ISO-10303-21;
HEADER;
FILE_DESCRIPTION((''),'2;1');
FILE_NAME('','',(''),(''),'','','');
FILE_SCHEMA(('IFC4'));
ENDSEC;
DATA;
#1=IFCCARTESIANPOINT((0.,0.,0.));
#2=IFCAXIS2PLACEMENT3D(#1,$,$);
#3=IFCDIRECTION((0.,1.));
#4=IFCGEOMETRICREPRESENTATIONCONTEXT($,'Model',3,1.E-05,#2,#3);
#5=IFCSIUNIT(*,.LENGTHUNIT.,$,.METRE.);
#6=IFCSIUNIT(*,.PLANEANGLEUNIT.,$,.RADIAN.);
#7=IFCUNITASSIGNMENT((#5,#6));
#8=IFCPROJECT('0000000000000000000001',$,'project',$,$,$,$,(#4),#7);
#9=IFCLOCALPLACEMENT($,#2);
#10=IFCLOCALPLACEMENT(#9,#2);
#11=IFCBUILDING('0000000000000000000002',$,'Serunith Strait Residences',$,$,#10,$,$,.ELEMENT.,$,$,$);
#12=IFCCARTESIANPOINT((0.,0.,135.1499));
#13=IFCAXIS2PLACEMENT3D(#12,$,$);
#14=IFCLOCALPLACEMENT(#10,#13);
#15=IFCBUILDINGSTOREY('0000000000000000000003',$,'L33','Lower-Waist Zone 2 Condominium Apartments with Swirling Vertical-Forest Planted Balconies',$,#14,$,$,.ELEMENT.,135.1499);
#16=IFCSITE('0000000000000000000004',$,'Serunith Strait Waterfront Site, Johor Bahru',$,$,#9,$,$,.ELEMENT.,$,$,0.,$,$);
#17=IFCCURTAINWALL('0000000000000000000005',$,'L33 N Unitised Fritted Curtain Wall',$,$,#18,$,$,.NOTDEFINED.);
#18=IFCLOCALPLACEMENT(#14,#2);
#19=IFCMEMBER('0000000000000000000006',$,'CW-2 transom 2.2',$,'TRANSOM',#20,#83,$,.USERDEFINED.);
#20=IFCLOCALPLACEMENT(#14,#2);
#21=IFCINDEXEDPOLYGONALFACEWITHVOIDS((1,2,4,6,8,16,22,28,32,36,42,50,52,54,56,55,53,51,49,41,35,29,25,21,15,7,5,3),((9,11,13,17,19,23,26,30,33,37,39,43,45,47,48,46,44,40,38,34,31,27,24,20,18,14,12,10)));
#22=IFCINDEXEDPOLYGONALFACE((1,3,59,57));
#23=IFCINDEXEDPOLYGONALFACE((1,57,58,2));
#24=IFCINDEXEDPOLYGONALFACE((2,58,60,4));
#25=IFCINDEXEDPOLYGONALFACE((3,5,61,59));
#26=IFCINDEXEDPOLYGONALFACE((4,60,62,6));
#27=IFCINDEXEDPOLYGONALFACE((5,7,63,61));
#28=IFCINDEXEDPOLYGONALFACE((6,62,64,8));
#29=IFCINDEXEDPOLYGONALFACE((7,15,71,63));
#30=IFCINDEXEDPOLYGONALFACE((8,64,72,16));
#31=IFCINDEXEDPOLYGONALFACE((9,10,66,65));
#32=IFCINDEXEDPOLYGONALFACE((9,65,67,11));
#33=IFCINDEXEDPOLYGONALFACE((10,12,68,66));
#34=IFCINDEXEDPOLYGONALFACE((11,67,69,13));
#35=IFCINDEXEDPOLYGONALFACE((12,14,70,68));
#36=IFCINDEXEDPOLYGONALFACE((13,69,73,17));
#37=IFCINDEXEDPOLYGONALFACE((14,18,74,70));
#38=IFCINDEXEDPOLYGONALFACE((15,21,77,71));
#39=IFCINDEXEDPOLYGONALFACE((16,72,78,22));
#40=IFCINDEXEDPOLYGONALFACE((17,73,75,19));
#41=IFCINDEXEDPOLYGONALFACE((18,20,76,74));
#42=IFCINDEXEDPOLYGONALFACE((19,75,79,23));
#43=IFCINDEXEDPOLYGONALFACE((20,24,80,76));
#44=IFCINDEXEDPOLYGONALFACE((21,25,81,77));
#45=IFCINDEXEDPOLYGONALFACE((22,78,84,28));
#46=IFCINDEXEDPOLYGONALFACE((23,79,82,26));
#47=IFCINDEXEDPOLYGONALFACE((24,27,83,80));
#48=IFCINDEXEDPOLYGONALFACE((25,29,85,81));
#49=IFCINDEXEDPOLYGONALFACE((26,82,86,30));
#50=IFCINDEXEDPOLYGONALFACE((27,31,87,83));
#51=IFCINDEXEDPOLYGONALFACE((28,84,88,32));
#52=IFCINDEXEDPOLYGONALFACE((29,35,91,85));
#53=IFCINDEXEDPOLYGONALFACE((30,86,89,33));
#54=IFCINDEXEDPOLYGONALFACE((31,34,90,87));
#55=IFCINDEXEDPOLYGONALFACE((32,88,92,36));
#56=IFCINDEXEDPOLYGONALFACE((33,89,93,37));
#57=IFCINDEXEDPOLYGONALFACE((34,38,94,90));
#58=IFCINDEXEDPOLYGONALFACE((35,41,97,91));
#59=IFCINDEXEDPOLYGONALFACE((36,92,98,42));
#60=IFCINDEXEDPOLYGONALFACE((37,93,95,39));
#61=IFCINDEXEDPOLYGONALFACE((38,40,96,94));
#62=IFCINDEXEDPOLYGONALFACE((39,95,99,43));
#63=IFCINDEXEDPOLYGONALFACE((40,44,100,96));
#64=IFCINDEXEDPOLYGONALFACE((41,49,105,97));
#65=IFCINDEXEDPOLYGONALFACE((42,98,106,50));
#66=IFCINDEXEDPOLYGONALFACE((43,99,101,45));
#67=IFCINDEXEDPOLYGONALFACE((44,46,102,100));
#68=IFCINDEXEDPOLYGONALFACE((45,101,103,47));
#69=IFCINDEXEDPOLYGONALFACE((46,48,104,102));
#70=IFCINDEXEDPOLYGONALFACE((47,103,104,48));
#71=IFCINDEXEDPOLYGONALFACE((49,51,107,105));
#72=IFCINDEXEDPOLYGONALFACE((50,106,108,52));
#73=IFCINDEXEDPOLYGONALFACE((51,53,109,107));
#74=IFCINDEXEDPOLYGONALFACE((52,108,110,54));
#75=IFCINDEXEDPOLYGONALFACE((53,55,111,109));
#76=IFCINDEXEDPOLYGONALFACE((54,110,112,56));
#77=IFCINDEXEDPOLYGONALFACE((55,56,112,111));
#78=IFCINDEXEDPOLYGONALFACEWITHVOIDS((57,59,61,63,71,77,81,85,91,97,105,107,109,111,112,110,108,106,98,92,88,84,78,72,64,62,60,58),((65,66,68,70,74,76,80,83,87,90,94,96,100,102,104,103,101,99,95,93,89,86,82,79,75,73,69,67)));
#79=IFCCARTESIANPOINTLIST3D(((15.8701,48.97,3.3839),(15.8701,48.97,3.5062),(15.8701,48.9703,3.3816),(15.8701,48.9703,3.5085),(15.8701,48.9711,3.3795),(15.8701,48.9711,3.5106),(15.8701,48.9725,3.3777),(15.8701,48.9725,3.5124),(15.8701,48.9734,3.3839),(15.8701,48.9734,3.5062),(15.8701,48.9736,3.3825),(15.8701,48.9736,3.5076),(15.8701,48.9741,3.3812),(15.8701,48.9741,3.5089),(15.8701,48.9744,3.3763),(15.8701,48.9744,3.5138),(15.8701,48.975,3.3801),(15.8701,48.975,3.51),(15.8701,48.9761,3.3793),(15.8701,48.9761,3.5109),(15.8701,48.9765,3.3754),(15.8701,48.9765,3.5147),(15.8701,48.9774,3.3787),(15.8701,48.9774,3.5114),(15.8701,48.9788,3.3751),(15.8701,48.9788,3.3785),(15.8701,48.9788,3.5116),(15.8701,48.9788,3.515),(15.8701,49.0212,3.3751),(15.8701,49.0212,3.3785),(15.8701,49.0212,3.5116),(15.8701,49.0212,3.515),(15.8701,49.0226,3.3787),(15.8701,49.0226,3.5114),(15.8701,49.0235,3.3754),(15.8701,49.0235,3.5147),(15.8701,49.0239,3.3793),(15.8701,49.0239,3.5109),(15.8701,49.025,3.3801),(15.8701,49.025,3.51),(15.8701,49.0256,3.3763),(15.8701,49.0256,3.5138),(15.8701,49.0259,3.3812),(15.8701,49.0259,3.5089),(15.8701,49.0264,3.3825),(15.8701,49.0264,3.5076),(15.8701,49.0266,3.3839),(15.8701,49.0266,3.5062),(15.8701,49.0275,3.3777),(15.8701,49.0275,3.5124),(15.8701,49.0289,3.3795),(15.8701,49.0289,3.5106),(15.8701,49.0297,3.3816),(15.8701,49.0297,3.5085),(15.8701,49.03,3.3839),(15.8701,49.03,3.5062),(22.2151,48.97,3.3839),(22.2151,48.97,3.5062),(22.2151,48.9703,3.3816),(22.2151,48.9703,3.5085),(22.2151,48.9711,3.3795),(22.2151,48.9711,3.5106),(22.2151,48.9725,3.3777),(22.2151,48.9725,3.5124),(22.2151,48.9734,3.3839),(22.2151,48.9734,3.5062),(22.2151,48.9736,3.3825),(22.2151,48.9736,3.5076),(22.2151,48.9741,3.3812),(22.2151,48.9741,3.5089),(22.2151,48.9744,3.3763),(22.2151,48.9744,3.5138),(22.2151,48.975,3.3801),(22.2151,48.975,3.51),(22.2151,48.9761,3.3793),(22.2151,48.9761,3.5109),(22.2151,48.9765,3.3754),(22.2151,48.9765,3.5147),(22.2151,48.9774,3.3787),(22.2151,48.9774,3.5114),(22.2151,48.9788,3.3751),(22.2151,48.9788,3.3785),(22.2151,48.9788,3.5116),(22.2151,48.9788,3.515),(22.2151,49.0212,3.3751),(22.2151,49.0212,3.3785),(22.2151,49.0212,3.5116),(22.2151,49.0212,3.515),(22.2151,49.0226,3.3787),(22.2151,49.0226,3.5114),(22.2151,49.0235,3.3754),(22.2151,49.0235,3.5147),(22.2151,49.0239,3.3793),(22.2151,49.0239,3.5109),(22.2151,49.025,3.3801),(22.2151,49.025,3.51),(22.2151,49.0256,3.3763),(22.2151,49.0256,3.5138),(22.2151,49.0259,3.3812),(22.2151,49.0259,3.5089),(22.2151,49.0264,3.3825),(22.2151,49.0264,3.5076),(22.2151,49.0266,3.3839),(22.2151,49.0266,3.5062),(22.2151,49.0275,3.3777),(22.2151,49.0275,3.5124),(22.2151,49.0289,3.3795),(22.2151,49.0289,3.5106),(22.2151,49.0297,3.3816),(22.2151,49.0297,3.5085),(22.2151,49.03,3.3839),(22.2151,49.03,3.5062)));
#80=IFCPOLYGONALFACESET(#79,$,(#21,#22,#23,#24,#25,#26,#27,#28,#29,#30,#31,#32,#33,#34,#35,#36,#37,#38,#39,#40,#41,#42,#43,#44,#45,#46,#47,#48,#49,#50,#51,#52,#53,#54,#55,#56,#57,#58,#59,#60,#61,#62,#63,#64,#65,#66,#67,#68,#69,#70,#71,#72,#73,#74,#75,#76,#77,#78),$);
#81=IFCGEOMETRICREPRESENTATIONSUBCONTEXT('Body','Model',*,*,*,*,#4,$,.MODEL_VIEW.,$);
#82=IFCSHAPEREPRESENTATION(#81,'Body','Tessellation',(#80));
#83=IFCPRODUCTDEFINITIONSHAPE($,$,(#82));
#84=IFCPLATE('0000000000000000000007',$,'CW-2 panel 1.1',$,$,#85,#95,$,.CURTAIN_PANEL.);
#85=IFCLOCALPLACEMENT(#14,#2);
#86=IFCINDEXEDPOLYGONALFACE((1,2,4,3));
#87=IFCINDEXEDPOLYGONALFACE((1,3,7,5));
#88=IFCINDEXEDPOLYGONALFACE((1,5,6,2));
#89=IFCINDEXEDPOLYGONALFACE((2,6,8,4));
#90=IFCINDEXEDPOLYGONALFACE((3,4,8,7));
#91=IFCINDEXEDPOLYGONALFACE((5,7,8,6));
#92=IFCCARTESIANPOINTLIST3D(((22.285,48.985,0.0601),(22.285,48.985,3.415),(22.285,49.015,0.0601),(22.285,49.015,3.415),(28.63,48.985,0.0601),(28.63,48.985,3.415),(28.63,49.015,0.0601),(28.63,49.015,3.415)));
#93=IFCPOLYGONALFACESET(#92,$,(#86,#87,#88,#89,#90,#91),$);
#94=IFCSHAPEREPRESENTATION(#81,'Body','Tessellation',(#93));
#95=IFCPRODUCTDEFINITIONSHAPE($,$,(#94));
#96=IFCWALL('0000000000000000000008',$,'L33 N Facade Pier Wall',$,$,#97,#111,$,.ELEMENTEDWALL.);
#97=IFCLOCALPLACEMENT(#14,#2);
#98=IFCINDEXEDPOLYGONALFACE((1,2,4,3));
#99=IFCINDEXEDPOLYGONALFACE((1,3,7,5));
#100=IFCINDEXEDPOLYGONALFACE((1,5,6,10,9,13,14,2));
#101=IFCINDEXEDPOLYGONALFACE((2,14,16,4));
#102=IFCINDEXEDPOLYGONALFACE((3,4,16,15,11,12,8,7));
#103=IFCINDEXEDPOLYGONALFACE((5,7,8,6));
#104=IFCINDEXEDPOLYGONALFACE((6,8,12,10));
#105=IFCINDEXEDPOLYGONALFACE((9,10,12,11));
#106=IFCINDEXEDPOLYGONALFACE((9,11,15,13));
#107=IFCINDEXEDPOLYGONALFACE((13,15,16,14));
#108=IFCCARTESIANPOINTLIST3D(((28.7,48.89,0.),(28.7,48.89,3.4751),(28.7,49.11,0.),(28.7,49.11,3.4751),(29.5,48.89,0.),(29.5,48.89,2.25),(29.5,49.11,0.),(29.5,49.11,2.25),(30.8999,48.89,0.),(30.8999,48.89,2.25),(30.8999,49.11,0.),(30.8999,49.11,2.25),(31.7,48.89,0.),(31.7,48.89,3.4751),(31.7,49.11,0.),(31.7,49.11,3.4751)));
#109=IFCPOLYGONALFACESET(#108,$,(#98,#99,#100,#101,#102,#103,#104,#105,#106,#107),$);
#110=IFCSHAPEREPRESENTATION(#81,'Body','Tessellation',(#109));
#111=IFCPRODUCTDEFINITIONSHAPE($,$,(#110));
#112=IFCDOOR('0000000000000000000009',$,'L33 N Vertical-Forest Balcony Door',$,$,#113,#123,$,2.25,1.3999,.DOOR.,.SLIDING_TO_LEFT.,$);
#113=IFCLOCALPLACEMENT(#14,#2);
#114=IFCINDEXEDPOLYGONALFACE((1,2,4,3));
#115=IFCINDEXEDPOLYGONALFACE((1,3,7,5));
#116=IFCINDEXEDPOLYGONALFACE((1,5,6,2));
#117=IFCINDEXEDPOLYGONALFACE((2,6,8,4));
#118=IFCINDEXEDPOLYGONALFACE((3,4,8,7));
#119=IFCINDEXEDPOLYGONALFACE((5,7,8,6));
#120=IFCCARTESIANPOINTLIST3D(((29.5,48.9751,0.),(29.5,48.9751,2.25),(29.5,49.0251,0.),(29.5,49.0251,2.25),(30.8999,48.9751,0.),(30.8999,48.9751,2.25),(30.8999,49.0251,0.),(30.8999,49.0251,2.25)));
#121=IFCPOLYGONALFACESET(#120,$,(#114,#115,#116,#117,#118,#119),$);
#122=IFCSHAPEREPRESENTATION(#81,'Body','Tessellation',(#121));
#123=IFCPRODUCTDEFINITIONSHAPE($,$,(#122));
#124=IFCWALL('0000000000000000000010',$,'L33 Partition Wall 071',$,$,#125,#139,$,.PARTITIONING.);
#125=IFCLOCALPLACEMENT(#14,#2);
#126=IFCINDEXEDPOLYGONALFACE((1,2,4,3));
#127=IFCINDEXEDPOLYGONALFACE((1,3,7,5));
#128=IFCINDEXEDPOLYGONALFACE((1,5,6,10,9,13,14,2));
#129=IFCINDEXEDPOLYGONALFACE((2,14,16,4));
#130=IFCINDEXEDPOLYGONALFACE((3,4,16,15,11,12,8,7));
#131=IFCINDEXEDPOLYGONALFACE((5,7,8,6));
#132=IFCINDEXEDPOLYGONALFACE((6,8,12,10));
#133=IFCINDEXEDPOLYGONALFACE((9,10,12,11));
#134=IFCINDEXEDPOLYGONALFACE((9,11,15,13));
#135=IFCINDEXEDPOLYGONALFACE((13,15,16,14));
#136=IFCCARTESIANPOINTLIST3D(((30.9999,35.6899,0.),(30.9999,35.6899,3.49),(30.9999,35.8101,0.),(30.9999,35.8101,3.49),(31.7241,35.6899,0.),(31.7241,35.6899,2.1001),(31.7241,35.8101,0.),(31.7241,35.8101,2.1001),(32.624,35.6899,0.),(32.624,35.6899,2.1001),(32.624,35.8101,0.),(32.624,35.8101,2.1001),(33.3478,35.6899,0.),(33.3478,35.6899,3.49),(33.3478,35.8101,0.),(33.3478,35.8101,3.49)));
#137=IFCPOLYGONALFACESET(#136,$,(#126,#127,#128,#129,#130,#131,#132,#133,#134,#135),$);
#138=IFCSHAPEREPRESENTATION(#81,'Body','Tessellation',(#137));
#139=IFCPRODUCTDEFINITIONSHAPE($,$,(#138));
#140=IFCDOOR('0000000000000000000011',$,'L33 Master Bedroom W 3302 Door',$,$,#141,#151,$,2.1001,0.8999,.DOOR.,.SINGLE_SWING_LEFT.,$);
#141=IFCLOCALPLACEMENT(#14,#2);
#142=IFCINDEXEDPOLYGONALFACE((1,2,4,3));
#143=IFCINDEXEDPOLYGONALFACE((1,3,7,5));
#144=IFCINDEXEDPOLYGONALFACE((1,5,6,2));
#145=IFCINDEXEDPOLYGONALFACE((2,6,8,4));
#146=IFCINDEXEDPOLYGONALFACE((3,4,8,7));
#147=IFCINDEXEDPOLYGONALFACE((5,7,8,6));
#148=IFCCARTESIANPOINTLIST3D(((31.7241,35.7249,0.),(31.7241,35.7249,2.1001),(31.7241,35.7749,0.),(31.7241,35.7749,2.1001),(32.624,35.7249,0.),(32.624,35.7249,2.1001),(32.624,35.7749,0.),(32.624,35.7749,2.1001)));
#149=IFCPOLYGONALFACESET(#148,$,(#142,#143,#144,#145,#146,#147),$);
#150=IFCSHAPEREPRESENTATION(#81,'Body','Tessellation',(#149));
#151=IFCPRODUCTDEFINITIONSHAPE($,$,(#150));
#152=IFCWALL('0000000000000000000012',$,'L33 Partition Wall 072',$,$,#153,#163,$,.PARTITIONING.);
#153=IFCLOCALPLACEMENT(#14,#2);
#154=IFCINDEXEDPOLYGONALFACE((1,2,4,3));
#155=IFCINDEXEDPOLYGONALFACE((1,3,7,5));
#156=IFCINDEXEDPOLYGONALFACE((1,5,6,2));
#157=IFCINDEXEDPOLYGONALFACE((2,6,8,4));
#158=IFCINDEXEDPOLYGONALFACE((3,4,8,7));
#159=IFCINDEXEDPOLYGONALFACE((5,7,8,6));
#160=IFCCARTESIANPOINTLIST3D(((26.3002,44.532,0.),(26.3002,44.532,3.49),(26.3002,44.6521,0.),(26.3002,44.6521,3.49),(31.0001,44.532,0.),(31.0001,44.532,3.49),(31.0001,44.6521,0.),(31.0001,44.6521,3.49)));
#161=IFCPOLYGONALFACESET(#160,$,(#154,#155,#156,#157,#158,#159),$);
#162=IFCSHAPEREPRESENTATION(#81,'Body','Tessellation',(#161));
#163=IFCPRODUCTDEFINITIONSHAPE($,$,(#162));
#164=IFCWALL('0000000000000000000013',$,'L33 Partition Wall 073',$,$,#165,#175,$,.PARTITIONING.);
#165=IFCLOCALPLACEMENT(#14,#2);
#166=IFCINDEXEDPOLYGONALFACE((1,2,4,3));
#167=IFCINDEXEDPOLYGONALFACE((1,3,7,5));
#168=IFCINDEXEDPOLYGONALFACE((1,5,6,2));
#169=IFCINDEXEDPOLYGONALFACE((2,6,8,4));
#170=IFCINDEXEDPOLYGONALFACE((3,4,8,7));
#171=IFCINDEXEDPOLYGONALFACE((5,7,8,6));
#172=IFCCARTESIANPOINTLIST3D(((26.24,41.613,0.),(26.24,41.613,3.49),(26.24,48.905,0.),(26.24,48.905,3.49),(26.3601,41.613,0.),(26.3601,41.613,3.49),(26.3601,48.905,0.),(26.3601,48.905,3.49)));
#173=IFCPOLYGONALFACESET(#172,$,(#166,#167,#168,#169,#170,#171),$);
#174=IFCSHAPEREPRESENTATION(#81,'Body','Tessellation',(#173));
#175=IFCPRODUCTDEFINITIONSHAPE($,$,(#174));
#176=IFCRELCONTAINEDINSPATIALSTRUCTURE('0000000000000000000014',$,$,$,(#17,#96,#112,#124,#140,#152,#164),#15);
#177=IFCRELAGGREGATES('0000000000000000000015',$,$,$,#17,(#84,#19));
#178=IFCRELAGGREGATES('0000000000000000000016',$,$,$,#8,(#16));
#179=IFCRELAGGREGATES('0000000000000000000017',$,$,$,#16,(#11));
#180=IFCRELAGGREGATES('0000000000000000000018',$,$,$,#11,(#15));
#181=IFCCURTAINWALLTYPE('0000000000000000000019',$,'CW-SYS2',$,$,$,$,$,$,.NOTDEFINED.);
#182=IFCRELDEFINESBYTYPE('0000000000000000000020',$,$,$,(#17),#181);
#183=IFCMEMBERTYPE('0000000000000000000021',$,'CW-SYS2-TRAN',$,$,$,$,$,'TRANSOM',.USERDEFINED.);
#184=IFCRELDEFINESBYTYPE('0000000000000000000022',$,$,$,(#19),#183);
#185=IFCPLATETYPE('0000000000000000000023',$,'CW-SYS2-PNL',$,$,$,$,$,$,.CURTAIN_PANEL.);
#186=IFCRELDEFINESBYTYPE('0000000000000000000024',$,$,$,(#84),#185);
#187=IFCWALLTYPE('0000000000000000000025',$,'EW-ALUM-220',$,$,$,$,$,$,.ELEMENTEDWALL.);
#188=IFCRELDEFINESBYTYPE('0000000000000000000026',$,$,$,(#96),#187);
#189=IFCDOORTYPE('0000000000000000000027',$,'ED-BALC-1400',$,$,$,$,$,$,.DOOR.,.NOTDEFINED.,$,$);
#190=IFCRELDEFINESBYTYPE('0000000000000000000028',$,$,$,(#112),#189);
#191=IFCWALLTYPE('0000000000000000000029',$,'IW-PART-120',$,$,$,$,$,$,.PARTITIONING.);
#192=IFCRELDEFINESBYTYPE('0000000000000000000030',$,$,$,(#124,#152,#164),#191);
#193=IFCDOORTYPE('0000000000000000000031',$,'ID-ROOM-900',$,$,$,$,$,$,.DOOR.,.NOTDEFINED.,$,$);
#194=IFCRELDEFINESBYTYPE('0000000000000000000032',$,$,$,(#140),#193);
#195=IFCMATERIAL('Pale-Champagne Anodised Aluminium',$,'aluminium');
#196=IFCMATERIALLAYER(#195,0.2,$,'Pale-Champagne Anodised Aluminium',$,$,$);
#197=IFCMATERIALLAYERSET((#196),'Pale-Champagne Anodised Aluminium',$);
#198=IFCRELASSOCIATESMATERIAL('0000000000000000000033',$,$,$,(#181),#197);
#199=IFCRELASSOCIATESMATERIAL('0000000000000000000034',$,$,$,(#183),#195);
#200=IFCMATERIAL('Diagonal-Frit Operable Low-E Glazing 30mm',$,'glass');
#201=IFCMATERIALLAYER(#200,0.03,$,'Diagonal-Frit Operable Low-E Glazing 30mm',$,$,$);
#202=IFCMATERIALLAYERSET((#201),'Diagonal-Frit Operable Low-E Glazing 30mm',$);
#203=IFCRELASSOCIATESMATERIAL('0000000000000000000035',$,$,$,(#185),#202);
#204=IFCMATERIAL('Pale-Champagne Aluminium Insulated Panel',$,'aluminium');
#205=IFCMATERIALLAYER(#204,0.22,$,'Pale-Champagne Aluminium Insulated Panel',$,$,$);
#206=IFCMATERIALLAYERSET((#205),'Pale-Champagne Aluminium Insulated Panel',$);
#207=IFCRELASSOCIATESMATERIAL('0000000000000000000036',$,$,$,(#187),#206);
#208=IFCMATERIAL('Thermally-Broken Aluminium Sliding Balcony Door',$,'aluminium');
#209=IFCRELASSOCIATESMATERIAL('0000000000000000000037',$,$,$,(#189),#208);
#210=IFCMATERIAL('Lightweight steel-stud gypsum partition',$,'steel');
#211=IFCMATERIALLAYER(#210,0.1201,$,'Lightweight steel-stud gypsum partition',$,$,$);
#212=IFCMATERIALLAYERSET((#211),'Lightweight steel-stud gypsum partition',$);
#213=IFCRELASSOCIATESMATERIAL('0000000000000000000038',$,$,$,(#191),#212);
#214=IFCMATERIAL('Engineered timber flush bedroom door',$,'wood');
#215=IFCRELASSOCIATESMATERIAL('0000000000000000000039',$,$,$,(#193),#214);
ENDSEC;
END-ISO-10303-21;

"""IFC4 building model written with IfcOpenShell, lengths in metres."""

from ifc_helpers import new_model, si_unit, direction, frame, frame_2d, origin, origin_2d, place, context, subcontext, project, spatial, rectangle, hollow_rectangle, extrude, source, transform, mapped, material, layer, layer_set, material_profile, profile_set, type_object, element, fill, aggregate, save


model = new_model("IFC4")

# Units and contexts
model_context = context("Model", 3, precision=1e-05, world=origin(), true_north=direction((0.0, 1.0)))
body_context = subcontext(model_context, "Body", "Model", "MODEL_VIEW")
ifc_project = project(units=[si_unit("LENGTHUNIT", "METRE"), si_unit("PLANEANGLEUNIT", "RADIAN")], contexts=[model_context])

# Site, building, storey
site_placement = place(None, origin())
site = spatial("IfcSite", under=ifc_project, at=site_placement, Name="Serunith Strait Waterfront Site, Johor Bahru", CompositionType="ELEMENT", RefElevation=0.0)
building_placement = place(site_placement, origin())
building = spatial("IfcBuilding", under=site, at=building_placement, Name="Serunith Strait Residences", CompositionType="ELEMENT")
storey_placement = place(building_placement, frame((0.0, 0.0, 135.1499)))
storey = spatial("IfcBuildingStorey", under=building, at=storey_placement, Name="L33", Description="Lower-Waist Zone 2 Condominium Apartments with Swirling Vertical-Forest Planted Balconies", CompositionType="ELEMENT", Elevation=135.1499)

# Shared definitions
ifc_material_1 = material(Name="Pale-Champagne Anodised Aluminium", Category="aluminium")
ifc_layer_1 = layer(ifc_material_1, 0.2, Name="Pale-Champagne Anodised Aluminium")
ifc_layer_set_1 = layer_set([ifc_layer_1], Name="Pale-Champagne Anodised Aluminium")
curtain_wall_type = type_object("IfcCurtainWallType", Name="CW-SYS2", PredefinedType="NOTDEFINED", material=ifc_layer_set_1)

# Curtain wall, member, plate
curtain_wall_1_placement = place(storey_placement, origin())
curtain_wall_1 = element("IfcCurtainWall", 1, at=curtain_wall_1_placement, inside=storey, type_object=curtain_wall_type, Name="L33 N Unitised Fritted Curtain Wall", PredefinedType="NOTDEFINED")
ifc_material_profile_1 = material_profile(ifc_material_1, hollow_rectangle(XDim=0.0601, YDim=0.1399, WallThickness=0.0034, InnerFilletRadius=0.0054, OuterFilletRadius=0.0088, at=origin_2d()), Name="ALU 140x60x3.5")
ifc_profile_set_1 = profile_set([ifc_material_profile_1], Name="Pale-Champagne Anodised Aluminium")
member_type_1 = type_object("IfcMemberType", Name="CW-SYS2-TRAN", ElementType="TRANSOM", PredefinedType="USERDEFINED", material=ifc_profile_set_1)
shared_shape_1 = source(origin(), body_context, "Body", "SweptSolid", [
    extrude(hollow_rectangle(XDim=0.0601, YDim=0.1399, WallThickness=0.0034, InnerFilletRadius=0.0054, OuterFilletRadius=0.0088, at=origin_2d()), origin(), (0.0, 0.0, 1.0), 6.345),
])
member_1_placement = place(storey_placement, frame((22.2151, 49.0, 3.4451), z_axis=(-1.0, 0.0, 0.0), x_axis=(0.0, -1.0, 0.0)))
member_1 = element("IfcMember", 2, at=member_1_placement, type_object=member_type_1, Name="CW-2 transom 2.2", ObjectType="TRANSOM", PredefinedType="USERDEFINED", context=body_context, shape_type="MappedRepresentation", body=[
    mapped(shared_shape_1, transform((0.0, 0.0, 0.0), scale=1.0)),
])
ifc_material_2 = material(Name="Diagonal-Frit Operable Low-E Glazing 30mm", Category="glass")
ifc_layer_2 = layer(ifc_material_2, 0.03, Name="Diagonal-Frit Operable Low-E Glazing 30mm")
ifc_layer_set_2 = layer_set([ifc_layer_2], Name="Diagonal-Frit Operable Low-E Glazing 30mm")
plate_type = type_object("IfcPlateType", Name="CW-SYS2-PNL", PredefinedType="CURTAIN_PANEL", material=ifc_layer_set_2)
shared_shape_2 = source(origin(), body_context, "Body", "SweptSolid", [
    extrude(rectangle(XDim=6.345, YDim=0.03, at=origin_2d()), origin(), (0.0, 0.0, 1.0), 3.355),
])
plate_placement = place(storey_placement, frame((25.4575, 49.0, 0.0601), z_axis=(0.0, 0.0, 1.0), x_axis=(-1.0, 0.0, 0.0)))
plate = element("IfcPlate", 3, at=plate_placement, type_object=plate_type, Name="CW-2 panel 1.1", PredefinedType="CURTAIN_PANEL", context=body_context, shape_type="MappedRepresentation", body=[
    mapped(shared_shape_2, transform((0.0, 0.0, 0.0), scale=1.0)),
])
aggregate(curtain_wall_1, [plate, member_1])

# Walls, openings, doors
ifc_material_3 = material(Name="Pale-Champagne Aluminium Insulated Panel", Category="aluminium")
ifc_layer_3 = layer(ifc_material_3, 0.22, Name="Pale-Champagne Aluminium Insulated Panel")
ifc_layer_set_3 = layer_set([ifc_layer_3], Name="Pale-Champagne Aluminium Insulated Panel")
wall_type_1 = type_object("IfcWallType", Name="EW-ALUM-220", PredefinedType="ELEMENTEDWALL", material=ifc_layer_set_3)
wall_1_placement = place(storey_placement, frame((31.7, 49.0, 0.0), z_axis=(0.0, 0.0, 1.0), x_axis=(-1.0, 0.0, 0.0)))
wall_1 = element("IfcWall", 4, at=wall_1_placement, inside=storey, type_object=wall_type_1, Name="L33 N Facade Pier Wall", PredefinedType="ELEMENTEDWALL", context=body_context, shape_type="SweptSolid", body=[
    extrude(rectangle(XDim=3.0, YDim=0.22, at=frame_2d((1.5, 0.0))), origin(), (0.0, 0.0, 1.0), 3.4751),
])
opening_1_placement = place(wall_1_placement, frame((0.8, 0.0, 0.0)))
opening_1 = element("IfcOpeningElement", 5, at=opening_1_placement, cuts=wall_1, PredefinedType="OPENING", context=body_context, shape_type="SweptSolid", body=[
    extrude(rectangle(XDim=1.3999, YDim=2.25, at=frame_2d((0.7, 1.125))), frame((0.0, 0.1201, 0.0), z_axis=(0.0, -1.0, 0.0), x_axis=(1.0, 0.0, 0.0)), (0.0, 0.0, 1.0), 0.24),
])
ifc_material_4 = material(Name="Thermally-Broken Aluminium Sliding Balcony Door", Category="aluminium")
door_type_1 = type_object("IfcDoorType", Name="ED-BALC-1400", OperationType="NOTDEFINED", PredefinedType="DOOR", material=ifc_material_4)
shared_shape_3 = source(origin(), body_context, "Body", "SweptSolid", [
    extrude(rectangle(XDim=1.3999, YDim=2.25, at=frame_2d((0.7, 1.125))), frame((0.0, 0.0249, 0.0), z_axis=(0.0, -1.0, 0.0), x_axis=(1.0, 0.0, 0.0)), (0.0, 0.0, 1.0), 0.05),
])
door_1_placement = place(opening_1_placement, origin())
door_1 = element("IfcDoor", 6, at=door_1_placement, inside=storey, type_object=door_type_1, Name="L33 N Vertical-Forest Balcony Door", OperationType="SLIDING_TO_LEFT", OverallHeight=2.25, OverallWidth=1.3999, PredefinedType="DOOR", context=body_context, shape_type="MappedRepresentation", body=[
    mapped(shared_shape_3, transform((0.0, 0.0, 0.0), scale=1.0)),
])
fill(opening_1, door_1)
ifc_material_5 = material(Name="Lightweight steel-stud gypsum partition", Category="steel")
ifc_layer_4 = layer(ifc_material_5, 0.1201, Name="Lightweight steel-stud gypsum partition")
ifc_layer_set_4 = layer_set([ifc_layer_4], Name="Lightweight steel-stud gypsum partition")
wall_type_2 = type_object("IfcWallType", Name="IW-PART-120", PredefinedType="PARTITIONING", material=ifc_layer_set_4)
wall_2_placement = place(storey_placement, frame((31.0, 35.75, 0.0), z_axis=(0.0, 0.0, 1.0), x_axis=(1.0, 0.0, 0.0)))
wall_2 = element("IfcWall", 7, at=wall_2_placement, inside=storey, type_object=wall_type_2, Name="L33 Partition Wall 071", PredefinedType="PARTITIONING", context=body_context, shape_type="SweptSolid", body=[
    extrude(rectangle(XDim=2.3479, YDim=0.1201, at=frame_2d((1.1738, 0.0))), origin(), (0.0, 0.0, 1.0), 3.49),
])
opening_2_placement = place(wall_2_placement, frame((0.7241, 0.0, 0.0)))
opening_2 = element("IfcOpeningElement", 8, at=opening_2_placement, cuts=wall_2, PredefinedType="OPENING", context=body_context, shape_type="SweptSolid", body=[
    extrude(rectangle(XDim=0.8999, YDim=2.1001, at=frame_2d((0.45, 1.05))), frame((0.0, 0.0701, 0.0), z_axis=(0.0, -1.0, 0.0), x_axis=(1.0, 0.0, 0.0)), (0.0, 0.0, 1.0), 0.1401),
])
ifc_material_6 = material(Name="Engineered timber flush bedroom door", Category="wood")
door_type_2 = type_object("IfcDoorType", Name="ID-ROOM-900", OperationType="NOTDEFINED", PredefinedType="DOOR", material=ifc_material_6)
shared_shape_4 = source(origin(), body_context, "Body", "SweptSolid", [
    extrude(rectangle(XDim=0.8999, YDim=2.1001, at=frame_2d((0.45, 1.05))), frame((0.0, 0.0249, 0.0), z_axis=(0.0, -1.0, 0.0), x_axis=(1.0, 0.0, 0.0)), (0.0, 0.0, 1.0), 0.05),
])
door_2_placement = place(opening_2_placement, origin())
door_2 = element("IfcDoor", 9, at=door_2_placement, inside=storey, type_object=door_type_2, Name="L33 Master Bedroom W 3302 Door", OperationType="SINGLE_SWING_LEFT", OverallHeight=2.1001, OverallWidth=0.8999, PredefinedType="DOOR", context=body_context, shape_type="MappedRepresentation", body=[
    mapped(shared_shape_4, transform((0.0, 0.0, 0.0), scale=1.0)),
])
fill(opening_2, door_2)

# Walls
wall_3_placement = place(storey_placement, frame((26.3, 44.592, 0.0), z_axis=(0.0, 0.0, 1.0), x_axis=(1.0, 0.0, 0.0)))
element("IfcWall", 10, at=wall_3_placement, inside=storey, type_object=wall_type_2, Name="L33 Partition Wall 072", PredefinedType="PARTITIONING", context=body_context, shape_type="SweptSolid", body=[
    extrude(rectangle(XDim=4.7, YDim=0.1201, at=frame_2d((2.3501, 0.0))), origin(), (0.0, 0.0, 1.0), 3.49),
])
wall_4_placement = place(storey_placement, frame((26.3, 48.905, 0.0), z_axis=(0.0, 0.0, 1.0), x_axis=(0.0, -1.0, 0.0)))
element("IfcWall", 11, at=wall_4_placement, inside=storey, type_object=wall_type_2, Name="L33 Partition Wall 073", PredefinedType="PARTITIONING", context=body_context, shape_type="SweptSolid", body=[
    extrude(rectangle(XDim=7.292, YDim=0.1201, at=frame_2d((3.646, 0.0))), origin(), (0.0, 0.0, 1.0), 3.49),
])

save(model, "model.ifc")
